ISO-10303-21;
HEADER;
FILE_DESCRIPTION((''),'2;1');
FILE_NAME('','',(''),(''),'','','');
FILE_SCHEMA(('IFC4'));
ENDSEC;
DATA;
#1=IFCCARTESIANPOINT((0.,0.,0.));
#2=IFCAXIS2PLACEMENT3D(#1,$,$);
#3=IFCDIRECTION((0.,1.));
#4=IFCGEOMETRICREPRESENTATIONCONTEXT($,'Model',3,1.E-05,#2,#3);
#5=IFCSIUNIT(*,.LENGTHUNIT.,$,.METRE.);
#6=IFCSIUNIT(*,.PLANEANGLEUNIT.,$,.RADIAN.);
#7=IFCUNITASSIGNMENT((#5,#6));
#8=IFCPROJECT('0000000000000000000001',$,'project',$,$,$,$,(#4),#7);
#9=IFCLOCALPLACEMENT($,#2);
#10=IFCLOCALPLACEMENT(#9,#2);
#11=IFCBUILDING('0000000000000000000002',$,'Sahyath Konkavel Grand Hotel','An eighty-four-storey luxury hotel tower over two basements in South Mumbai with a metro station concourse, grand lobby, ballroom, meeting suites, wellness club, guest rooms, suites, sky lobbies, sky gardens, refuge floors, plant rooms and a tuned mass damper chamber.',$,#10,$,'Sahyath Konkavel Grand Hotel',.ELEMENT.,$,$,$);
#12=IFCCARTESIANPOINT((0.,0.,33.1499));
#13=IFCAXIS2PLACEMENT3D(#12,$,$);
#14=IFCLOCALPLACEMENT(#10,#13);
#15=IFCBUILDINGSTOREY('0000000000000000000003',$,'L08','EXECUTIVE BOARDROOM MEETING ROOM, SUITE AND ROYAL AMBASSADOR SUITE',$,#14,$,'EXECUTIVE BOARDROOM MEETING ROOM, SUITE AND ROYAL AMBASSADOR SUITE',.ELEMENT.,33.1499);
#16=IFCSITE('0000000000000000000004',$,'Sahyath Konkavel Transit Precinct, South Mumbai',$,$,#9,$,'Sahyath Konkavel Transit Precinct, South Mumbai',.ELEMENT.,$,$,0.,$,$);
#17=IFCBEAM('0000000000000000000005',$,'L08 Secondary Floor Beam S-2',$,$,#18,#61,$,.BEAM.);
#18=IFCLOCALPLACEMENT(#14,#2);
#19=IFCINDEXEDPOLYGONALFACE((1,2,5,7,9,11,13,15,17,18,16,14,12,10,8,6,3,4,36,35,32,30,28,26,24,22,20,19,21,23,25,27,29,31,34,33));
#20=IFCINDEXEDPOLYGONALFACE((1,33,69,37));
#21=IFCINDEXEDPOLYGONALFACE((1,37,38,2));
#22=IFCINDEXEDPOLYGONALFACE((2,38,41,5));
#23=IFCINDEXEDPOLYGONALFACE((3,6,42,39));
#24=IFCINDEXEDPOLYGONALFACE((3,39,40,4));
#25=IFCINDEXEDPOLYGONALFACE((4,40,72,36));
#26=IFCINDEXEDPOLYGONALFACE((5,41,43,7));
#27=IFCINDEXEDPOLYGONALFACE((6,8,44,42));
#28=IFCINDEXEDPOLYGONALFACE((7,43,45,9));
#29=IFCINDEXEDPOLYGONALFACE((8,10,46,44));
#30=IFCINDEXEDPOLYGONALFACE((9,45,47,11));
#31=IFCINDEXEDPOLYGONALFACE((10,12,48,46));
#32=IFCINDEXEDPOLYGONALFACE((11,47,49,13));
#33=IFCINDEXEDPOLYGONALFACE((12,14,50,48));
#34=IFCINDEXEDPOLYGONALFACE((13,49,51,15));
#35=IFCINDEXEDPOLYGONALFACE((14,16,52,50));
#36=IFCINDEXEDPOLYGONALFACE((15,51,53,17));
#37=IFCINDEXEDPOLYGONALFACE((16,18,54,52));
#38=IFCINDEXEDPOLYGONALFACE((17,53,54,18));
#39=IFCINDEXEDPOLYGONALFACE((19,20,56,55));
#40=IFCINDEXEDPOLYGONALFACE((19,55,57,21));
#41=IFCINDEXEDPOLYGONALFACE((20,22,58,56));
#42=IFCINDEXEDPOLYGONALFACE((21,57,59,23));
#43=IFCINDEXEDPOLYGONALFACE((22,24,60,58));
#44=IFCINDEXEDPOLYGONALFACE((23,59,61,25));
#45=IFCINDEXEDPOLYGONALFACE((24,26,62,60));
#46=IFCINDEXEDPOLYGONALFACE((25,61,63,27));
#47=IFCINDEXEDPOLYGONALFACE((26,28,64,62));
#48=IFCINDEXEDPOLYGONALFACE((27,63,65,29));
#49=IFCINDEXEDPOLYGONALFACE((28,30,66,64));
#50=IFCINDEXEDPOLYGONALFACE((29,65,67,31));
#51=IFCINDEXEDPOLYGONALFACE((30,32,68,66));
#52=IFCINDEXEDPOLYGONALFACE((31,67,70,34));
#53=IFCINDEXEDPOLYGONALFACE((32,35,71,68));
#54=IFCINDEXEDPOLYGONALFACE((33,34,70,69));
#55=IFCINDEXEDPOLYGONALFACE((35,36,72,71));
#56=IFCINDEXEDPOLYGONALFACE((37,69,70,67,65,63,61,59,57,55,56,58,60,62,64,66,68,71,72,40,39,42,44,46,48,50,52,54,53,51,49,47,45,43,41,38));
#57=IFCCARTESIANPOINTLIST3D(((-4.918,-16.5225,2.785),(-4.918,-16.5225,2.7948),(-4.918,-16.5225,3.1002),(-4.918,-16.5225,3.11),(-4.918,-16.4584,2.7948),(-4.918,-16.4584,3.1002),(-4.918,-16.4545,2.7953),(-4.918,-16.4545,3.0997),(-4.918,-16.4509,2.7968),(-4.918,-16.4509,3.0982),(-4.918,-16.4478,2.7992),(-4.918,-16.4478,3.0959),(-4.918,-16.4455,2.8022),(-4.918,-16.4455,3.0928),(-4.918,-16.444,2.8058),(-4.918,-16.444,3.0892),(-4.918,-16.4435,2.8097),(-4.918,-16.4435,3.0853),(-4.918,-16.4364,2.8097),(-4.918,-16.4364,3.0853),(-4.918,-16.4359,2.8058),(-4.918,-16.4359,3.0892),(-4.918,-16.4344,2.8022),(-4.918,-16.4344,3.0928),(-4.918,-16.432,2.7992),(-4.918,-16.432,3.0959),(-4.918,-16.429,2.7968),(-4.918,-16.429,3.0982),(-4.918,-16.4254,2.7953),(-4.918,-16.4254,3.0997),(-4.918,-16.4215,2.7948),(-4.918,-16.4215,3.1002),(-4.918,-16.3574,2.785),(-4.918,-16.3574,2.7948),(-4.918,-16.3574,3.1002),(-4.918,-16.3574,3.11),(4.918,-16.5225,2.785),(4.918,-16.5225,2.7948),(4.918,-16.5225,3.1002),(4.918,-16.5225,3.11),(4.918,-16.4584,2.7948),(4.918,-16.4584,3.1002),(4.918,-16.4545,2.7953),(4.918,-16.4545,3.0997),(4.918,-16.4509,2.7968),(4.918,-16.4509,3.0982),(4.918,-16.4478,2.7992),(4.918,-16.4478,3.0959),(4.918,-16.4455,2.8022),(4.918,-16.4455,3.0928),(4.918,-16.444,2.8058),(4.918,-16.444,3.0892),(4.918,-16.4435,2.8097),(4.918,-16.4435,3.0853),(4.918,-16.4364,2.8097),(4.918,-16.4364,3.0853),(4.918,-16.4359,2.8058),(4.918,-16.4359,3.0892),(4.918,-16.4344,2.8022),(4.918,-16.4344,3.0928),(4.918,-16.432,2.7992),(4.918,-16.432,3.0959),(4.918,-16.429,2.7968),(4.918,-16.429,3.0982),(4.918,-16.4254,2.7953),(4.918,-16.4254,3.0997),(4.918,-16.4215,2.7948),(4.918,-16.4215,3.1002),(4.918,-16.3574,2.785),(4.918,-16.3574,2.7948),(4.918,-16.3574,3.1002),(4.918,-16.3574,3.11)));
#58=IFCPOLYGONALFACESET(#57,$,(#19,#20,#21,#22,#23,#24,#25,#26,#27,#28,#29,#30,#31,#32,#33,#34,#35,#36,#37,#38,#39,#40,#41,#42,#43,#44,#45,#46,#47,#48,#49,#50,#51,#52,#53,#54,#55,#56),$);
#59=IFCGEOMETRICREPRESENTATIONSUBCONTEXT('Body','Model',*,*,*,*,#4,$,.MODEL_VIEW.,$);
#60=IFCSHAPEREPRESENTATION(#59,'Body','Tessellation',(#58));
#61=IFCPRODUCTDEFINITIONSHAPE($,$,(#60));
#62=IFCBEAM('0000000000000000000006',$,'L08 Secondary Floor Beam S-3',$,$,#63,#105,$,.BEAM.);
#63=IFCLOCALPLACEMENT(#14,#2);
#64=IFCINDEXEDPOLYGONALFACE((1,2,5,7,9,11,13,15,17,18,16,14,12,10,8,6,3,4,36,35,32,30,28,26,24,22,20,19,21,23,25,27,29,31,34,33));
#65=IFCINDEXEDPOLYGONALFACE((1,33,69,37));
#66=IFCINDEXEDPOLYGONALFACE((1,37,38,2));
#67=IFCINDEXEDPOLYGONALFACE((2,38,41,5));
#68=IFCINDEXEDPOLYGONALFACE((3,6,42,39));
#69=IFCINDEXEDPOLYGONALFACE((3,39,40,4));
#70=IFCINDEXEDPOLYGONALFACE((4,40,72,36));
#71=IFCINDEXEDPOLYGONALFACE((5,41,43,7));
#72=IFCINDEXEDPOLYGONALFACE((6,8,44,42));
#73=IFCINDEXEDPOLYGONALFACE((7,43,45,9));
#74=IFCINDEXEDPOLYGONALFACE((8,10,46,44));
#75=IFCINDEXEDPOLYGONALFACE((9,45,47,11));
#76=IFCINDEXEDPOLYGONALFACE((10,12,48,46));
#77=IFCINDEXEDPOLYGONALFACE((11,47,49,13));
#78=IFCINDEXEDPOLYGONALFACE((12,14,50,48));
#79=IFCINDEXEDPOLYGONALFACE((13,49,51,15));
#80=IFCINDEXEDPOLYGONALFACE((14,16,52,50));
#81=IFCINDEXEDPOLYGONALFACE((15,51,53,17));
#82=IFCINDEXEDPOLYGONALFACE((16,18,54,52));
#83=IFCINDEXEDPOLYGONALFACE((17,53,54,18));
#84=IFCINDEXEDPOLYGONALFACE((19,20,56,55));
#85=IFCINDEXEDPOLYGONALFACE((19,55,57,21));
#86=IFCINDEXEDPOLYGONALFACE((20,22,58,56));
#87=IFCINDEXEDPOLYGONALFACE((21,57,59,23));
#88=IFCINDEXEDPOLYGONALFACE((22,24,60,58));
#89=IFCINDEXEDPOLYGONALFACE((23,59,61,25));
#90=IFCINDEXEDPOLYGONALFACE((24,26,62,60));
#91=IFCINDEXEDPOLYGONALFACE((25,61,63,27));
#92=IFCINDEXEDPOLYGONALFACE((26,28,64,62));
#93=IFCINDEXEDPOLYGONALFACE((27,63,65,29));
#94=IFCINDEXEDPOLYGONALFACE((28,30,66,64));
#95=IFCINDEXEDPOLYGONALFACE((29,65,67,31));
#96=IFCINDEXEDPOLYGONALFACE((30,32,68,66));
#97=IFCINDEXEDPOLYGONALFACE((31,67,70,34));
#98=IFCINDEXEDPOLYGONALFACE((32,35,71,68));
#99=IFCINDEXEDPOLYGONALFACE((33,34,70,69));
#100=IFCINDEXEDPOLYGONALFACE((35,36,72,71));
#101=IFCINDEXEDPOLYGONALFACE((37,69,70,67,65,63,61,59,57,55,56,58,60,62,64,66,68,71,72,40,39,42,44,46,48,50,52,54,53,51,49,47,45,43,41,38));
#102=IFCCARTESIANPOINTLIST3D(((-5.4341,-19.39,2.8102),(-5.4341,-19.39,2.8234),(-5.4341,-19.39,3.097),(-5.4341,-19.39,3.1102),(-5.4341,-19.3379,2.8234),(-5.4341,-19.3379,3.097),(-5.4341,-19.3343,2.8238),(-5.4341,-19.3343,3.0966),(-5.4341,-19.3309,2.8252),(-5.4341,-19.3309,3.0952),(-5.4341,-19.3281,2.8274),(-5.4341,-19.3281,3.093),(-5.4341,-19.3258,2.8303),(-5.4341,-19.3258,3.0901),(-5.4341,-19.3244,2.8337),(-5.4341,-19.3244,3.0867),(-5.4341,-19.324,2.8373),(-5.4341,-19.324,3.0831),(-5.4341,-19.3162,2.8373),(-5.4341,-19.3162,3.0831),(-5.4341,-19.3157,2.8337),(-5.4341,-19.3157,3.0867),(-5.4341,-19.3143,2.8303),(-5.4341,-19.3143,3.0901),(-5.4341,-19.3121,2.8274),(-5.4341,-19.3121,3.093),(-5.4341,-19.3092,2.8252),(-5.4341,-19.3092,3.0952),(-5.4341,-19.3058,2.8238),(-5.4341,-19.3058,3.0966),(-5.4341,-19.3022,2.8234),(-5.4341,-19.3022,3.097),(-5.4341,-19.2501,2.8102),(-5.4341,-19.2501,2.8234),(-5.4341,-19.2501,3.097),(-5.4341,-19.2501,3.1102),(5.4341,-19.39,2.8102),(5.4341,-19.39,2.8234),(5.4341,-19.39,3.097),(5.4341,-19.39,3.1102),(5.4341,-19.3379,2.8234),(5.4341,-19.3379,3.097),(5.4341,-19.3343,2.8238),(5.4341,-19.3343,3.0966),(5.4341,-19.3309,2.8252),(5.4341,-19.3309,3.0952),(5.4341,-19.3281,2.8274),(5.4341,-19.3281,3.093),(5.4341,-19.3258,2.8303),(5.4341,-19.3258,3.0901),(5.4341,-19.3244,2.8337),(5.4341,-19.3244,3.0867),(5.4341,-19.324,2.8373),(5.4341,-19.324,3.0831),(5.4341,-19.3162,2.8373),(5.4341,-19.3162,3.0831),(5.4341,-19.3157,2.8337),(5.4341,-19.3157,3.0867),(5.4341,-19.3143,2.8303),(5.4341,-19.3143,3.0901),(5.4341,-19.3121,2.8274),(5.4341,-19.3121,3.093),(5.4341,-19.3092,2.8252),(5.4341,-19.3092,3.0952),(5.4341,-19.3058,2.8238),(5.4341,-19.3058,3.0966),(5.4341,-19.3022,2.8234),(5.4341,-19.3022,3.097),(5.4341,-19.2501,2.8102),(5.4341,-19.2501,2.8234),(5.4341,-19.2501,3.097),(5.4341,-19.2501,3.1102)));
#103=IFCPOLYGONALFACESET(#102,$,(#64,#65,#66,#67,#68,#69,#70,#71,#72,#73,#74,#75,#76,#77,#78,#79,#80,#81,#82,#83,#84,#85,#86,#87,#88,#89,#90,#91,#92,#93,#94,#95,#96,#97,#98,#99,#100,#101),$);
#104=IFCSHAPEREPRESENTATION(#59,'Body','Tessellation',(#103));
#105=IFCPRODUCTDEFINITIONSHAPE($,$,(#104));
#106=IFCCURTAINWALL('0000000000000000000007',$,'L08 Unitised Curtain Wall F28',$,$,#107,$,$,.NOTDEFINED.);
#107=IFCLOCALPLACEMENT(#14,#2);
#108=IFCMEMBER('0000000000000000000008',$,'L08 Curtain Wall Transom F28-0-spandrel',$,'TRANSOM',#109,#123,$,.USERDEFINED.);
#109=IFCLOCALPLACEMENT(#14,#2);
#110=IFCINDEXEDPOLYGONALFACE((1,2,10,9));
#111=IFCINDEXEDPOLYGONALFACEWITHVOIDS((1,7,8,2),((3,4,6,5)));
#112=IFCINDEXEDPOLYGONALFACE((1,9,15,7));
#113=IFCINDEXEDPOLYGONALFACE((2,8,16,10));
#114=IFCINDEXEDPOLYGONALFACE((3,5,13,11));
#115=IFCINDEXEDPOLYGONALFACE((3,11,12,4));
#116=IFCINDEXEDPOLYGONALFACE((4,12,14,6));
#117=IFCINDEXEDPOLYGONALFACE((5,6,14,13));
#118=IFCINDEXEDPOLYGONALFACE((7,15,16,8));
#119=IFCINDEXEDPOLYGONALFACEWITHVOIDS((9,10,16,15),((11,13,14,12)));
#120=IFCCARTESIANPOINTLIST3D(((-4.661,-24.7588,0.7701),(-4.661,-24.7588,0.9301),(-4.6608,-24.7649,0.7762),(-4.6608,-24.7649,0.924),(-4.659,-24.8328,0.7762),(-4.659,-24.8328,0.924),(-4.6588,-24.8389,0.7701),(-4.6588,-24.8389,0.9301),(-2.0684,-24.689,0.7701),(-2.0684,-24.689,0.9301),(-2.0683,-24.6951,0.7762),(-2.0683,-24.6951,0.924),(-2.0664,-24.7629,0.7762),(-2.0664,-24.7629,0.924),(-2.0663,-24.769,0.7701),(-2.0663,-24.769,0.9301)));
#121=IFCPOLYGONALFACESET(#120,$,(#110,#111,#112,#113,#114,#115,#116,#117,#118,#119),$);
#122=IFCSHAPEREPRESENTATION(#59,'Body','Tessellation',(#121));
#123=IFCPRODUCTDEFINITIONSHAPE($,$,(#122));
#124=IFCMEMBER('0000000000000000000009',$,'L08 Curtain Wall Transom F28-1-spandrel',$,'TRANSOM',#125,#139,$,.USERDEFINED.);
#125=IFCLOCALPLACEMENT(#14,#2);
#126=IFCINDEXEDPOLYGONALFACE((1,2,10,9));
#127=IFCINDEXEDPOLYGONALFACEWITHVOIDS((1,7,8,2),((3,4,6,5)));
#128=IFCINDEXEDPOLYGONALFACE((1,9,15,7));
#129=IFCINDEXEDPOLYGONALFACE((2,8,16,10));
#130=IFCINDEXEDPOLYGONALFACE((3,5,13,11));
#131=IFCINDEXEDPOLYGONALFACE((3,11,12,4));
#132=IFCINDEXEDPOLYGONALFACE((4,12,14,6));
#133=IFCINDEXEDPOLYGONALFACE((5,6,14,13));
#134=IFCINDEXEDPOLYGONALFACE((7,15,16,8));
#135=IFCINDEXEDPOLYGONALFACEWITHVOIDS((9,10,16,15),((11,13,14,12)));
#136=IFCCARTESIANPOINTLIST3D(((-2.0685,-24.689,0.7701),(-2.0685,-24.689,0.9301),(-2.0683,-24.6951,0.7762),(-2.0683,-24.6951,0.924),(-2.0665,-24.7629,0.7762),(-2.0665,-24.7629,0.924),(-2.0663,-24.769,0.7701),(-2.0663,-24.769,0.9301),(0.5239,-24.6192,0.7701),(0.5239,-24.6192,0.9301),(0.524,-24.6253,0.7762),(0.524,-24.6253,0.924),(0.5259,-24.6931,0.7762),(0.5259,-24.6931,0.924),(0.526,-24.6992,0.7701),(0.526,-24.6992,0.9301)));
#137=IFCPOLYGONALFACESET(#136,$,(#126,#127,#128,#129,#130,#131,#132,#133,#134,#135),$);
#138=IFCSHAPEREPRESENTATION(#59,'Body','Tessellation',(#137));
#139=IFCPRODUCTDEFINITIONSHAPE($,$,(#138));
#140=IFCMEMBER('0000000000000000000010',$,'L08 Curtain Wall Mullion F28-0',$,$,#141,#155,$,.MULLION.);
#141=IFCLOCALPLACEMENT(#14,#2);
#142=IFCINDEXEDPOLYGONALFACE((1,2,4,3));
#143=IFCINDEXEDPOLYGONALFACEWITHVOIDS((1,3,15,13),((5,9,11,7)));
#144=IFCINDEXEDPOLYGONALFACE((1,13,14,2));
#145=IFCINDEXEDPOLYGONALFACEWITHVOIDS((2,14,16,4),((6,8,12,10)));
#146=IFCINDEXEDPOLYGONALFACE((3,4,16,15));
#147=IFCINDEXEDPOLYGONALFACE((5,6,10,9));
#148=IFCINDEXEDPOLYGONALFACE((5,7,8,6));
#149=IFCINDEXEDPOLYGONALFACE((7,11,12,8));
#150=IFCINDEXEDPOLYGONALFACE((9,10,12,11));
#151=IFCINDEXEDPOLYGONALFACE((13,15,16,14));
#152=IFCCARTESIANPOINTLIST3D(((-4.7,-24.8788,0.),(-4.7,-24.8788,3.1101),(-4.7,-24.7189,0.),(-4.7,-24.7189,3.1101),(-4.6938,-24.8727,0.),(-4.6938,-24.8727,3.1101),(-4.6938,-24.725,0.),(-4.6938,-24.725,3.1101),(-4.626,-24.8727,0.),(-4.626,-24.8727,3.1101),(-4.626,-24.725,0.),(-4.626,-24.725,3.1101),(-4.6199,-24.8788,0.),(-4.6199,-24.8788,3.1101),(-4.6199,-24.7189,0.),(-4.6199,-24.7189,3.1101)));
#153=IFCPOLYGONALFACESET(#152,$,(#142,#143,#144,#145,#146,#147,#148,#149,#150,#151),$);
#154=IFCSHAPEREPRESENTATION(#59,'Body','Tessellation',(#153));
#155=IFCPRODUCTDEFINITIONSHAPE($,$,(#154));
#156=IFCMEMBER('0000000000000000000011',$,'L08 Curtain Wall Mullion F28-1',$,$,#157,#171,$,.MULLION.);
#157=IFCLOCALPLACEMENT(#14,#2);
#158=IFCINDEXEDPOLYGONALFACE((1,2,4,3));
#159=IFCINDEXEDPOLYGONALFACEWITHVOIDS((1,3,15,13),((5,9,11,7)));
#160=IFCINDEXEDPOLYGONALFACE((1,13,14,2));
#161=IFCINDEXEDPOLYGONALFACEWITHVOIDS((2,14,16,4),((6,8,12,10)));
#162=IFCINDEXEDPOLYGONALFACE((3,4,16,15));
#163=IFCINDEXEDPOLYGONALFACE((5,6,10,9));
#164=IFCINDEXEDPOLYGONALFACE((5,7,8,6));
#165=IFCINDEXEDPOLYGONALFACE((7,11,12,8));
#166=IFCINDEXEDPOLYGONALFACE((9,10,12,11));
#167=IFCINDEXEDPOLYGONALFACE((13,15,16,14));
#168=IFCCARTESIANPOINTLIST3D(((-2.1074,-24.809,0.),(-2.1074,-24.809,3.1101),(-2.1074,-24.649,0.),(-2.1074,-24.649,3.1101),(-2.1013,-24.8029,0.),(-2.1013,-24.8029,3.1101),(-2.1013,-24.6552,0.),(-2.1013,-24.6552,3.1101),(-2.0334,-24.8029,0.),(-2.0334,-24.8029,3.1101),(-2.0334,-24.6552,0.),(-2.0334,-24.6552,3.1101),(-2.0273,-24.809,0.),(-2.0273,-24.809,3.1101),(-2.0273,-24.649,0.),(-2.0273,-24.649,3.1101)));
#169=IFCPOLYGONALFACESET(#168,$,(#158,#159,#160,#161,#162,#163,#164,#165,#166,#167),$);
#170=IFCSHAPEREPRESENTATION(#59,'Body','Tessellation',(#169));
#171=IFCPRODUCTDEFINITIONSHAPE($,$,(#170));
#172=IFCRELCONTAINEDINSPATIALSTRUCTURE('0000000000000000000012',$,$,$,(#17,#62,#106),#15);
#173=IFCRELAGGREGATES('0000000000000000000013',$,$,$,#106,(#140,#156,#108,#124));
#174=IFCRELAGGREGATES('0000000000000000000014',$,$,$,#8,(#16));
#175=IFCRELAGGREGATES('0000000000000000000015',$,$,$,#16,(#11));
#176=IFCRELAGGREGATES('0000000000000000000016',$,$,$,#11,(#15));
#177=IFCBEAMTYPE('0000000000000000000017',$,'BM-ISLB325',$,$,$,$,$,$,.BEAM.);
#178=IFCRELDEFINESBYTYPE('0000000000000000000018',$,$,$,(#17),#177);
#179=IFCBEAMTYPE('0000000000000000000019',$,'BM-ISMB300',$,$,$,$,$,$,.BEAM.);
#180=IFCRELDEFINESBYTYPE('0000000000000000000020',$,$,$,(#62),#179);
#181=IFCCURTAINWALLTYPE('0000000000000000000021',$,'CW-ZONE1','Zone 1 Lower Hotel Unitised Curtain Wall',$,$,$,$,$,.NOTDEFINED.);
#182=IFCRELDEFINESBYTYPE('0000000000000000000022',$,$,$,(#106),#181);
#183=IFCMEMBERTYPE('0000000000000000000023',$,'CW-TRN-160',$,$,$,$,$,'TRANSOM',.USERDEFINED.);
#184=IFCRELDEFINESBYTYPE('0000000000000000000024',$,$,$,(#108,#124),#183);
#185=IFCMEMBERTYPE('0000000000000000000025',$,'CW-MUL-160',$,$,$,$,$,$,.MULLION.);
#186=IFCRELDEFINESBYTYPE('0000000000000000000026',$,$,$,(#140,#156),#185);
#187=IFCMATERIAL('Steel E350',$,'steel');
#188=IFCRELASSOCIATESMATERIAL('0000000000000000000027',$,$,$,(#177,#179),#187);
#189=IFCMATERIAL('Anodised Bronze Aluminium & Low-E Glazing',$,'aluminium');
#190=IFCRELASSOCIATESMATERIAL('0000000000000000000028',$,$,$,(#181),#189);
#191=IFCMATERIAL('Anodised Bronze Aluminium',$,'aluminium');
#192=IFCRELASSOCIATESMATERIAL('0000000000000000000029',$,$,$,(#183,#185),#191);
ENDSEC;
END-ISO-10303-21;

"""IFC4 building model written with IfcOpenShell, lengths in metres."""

from ifc_helpers import new_model, si_unit, direction, frame, origin, origin_2d, place, context, subcontext, project, spatial, hollow_rectangle, i_section, extrude, source, transform, mapped, material, material_profile, profile_set, type_object, element, aggregate, save


model = new_model("IFC4")

# Units and contexts
model_context = context("Model", 3, precision=1e-05, world=origin(), true_north=direction((0.0, 1.0)))
body_context = subcontext(model_context, "Body", "Model", "MODEL_VIEW")
ifc_project = project(units=[si_unit("LENGTHUNIT", "METRE"), si_unit("PLANEANGLEUNIT", "RADIAN")], contexts=[model_context])

# Site, building, storey
site_placement = place(None, origin())
site = spatial("IfcSite", under=ifc_project, at=site_placement, Name="Sahyath Konkavel Transit Precinct, South Mumbai", LongName="Sahyath Konkavel Transit Precinct, South Mumbai", CompositionType="ELEMENT", RefElevation=0.0)
building_placement = place(site_placement, origin())
building = spatial("IfcBuilding", under=site, at=building_placement, Name="Sahyath Konkavel Grand Hotel", Description="An eighty-four-storey luxury hotel tower over two basements in South Mumbai with a metro station concourse, grand lobby, ballroom, meeting suites, wellness club, guest rooms, suites, sky lobbies, sky gardens, refuge floors, plant rooms and a tuned mass damper chamber.", LongName="Sahyath Konkavel Grand Hotel", CompositionType="ELEMENT")
storey_placement = place(building_placement, frame((0.0, 0.0, 33.1499)))
storey = spatial("IfcBuildingStorey", under=building, at=storey_placement, Name="L08", Description="EXECUTIVE BOARDROOM MEETING ROOM, SUITE AND ROYAL AMBASSADOR SUITE", LongName="EXECUTIVE BOARDROOM MEETING ROOM, SUITE AND ROYAL AMBASSADOR SUITE", CompositionType="ELEMENT", Elevation=33.1499)

# Beams
ifc_material_1 = material(Name="Steel E350", Category="steel")
ifc_material_profile_1 = material_profile(ifc_material_1, i_section(OverallWidth=0.165, OverallDepth=0.325, WebThickness=0.0071, FlangeThickness=0.0098, FilletRadius=0.0149, at=origin_2d()), Name="ISLB 325")
ifc_profile_set_1 = profile_set([ifc_material_profile_1], Name="Steel E350")
beam_type_1 = type_object("IfcBeamType", Name="BM-ISLB325", PredefinedType="BEAM", material=ifc_profile_set_1)
shared_shape_1 = source(origin(), body_context, "Body", "SweptSolid", [
    extrude(i_section(OverallWidth=0.165, OverallDepth=0.325, WebThickness=0.0071, FlangeThickness=0.0098, FilletRadius=0.0149, at=origin_2d()), origin(), (0.0, 0.0, 1.0), 9.8359),
])
beam_1_placement = place(storey_placement, frame((-4.918, -16.4399, 2.9475), z_axis=(1.0, 0.0, 0.0), x_axis=(0.0, 1.0, 0.0)))
element("IfcBeam", 1, at=beam_1_placement, inside=storey, type_object=beam_type_1, Name="L08 Secondary Floor Beam S-2", PredefinedType="BEAM", context=body_context, shape_type="MappedRepresentation", body=[
    mapped(shared_shape_1, transform((0.0, 0.0, 0.0), scale=1.0)),
])
ifc_material_profile_2 = material_profile(ifc_material_1, i_section(OverallWidth=0.1399, OverallDepth=0.3, WebThickness=0.0078, FlangeThickness=0.0132, FilletRadius=0.0139, at=origin_2d()), Name="ISMB 300")
ifc_profile_set_2 = profile_set([ifc_material_profile_2], Name="Steel E350")
beam_type_2 = type_object("IfcBeamType", Name="BM-ISMB300", PredefinedType="BEAM", material=ifc_profile_set_2)
shared_shape_2 = source(origin(), body_context, "Body", "SweptSolid", [
    extrude(i_section(OverallWidth=0.1399, OverallDepth=0.3, WebThickness=0.0078, FlangeThickness=0.0132, FilletRadius=0.0139, at=origin_2d()), origin(), (0.0, 0.0, 1.0), 10.8682),
])
beam_2_placement = place(storey_placement, frame((-5.4341, -19.3201, 2.9602), z_axis=(1.0, 0.0, 0.0), x_axis=(0.0, 1.0, 0.0)))
element("IfcBeam", 2, at=beam_2_placement, inside=storey, type_object=beam_type_2, Name="L08 Secondary Floor Beam S-3", PredefinedType="BEAM", context=body_context, shape_type="MappedRepresentation", body=[
    mapped(shared_shape_2, transform((0.0, 0.0, 0.0), scale=1.0)),
])

# Curtain wall, members
ifc_material_2 = material(Name="Anodised Bronze Aluminium & Low-E Glazing", Category="aluminium")
curtain_wall_type = type_object("IfcCurtainWallType", Name="CW-ZONE1", Description="Zone 1 Lower Hotel Unitised Curtain Wall", PredefinedType="NOTDEFINED", material=ifc_material_2)
curtain_wall_placement = place(storey_placement, origin())
curtain_wall = element("IfcCurtainWall", 3, at=curtain_wall_placement, inside=storey, type_object=curtain_wall_type, Name="L08 Unitised Curtain Wall F28", PredefinedType="NOTDEFINED")
ifc_material_3 = material(Name="Anodised Bronze Aluminium", Category="aluminium")
ifc_material_profile_3 = material_profile(ifc_material_3, hollow_rectangle(XDim=0.0801, YDim=0.1599, WallThickness=0.0061, at=origin_2d()), Name="RHS 160x80x6")
ifc_profile_set_3 = profile_set([ifc_material_profile_3], Name="Anodised Bronze Aluminium")
member_type_1 = type_object("IfcMemberType", Name="CW-TRN-160", ElementType="TRANSOM", PredefinedType="USERDEFINED", material=ifc_profile_set_3)
shared_shape_3 = source(origin(), body_context, "Body", "SweptSolid", [
    extrude(hollow_rectangle(XDim=0.0801, YDim=0.1599, WallThickness=0.0061, at=origin_2d()), origin(), (0.0, 0.0, 1.0), 2.5935),
])
member_1_placement = place(storey_placement, frame((-4.6599, -24.7988, 0.8501), z_axis=(0.999638, 0.026923, 0.0), x_axis=(-0.026923, 0.999638, 0.0)))
member_1 = element("IfcMember", 4, at=member_1_placement, type_object=member_type_1, Name="L08 Curtain Wall Transom F28-0-spandrel", ObjectType="TRANSOM", PredefinedType="USERDEFINED", context=body_context, shape_type="MappedRepresentation", body=[
    mapped(shared_shape_3, transform((0.0, 0.0, 0.0), scale=1.0)),
])
shared_shape_4 = source(origin(), body_context, "Body", "SweptSolid", [
    extrude(hollow_rectangle(XDim=0.0801, YDim=0.1599, WallThickness=0.0061, at=origin_2d()), origin(), (0.0, 0.0, 1.0), 2.5933),
])
member_2_placement = place(storey_placement, frame((-2.0674, -24.729, 0.8501), z_axis=(0.999637, 0.026926, 0.0), x_axis=(-0.026926, 0.999637, 0.0)))
member_2 = element("IfcMember", 5, at=member_2_placement, type_object=member_type_1, Name="L08 Curtain Wall Transom F28-1-spandrel", ObjectType="TRANSOM", PredefinedType="USERDEFINED", context=body_context, shape_type="MappedRepresentation", body=[
    mapped(shared_shape_4, transform((0.0, 0.0, 0.0), scale=1.0)),
])
ifc_material_profile_4 = material_profile(ifc_material_3, hollow_rectangle(XDim=0.0801, YDim=0.1599, WallThickness=0.0061, at=origin_2d()), Name="RHS 160x80x6")
ifc_profile_set_4 = profile_set([ifc_material_profile_4], Name="Anodised Bronze Aluminium")
member_type_2 = type_object("IfcMemberType", Name="CW-MUL-160", PredefinedType="MULLION", material=ifc_profile_set_4)
shared_shape_5 = source(origin(), body_context, "Body", "SweptSolid", [
    extrude(hollow_rectangle(XDim=0.0801, YDim=0.1599, WallThickness=0.0061, at=origin_2d()), origin(), (0.0, 0.0, 1.0), 3.1101),
])
member_3_placement = place(storey_placement, frame((-4.6599, -24.7988, 0.0), z_axis=(0.0, 0.0, 1.0), x_axis=(1.0, 0.0, 0.0)))
member_3 = element("IfcMember", 6, at=member_3_placement, type_object=member_type_2, Name="L08 Curtain Wall Mullion F28-0", PredefinedType="MULLION", context=body_context, shape_type="MappedRepresentation", body=[
    mapped(shared_shape_5, transform((0.0, 0.0, 0.0), scale=1.0)),
])
member_4_placement = place(storey_placement, frame((-2.0674, -24.729, 0.0), z_axis=(0.0, 0.0, 1.0), x_axis=(1.0, 0.0, 0.0)))
member_4 = element("IfcMember", 7, at=member_4_placement, type_object=member_type_2, Name="L08 Curtain Wall Mullion F28-1", PredefinedType="MULLION", context=body_context, shape_type="MappedRepresentation", body=[
    mapped(shared_shape_5, transform((0.0, 0.0, 0.0), scale=1.0)),
])
aggregate(curtain_wall, [member_3, member_4, member_1, member_2])

save(model, "model.ifc")
